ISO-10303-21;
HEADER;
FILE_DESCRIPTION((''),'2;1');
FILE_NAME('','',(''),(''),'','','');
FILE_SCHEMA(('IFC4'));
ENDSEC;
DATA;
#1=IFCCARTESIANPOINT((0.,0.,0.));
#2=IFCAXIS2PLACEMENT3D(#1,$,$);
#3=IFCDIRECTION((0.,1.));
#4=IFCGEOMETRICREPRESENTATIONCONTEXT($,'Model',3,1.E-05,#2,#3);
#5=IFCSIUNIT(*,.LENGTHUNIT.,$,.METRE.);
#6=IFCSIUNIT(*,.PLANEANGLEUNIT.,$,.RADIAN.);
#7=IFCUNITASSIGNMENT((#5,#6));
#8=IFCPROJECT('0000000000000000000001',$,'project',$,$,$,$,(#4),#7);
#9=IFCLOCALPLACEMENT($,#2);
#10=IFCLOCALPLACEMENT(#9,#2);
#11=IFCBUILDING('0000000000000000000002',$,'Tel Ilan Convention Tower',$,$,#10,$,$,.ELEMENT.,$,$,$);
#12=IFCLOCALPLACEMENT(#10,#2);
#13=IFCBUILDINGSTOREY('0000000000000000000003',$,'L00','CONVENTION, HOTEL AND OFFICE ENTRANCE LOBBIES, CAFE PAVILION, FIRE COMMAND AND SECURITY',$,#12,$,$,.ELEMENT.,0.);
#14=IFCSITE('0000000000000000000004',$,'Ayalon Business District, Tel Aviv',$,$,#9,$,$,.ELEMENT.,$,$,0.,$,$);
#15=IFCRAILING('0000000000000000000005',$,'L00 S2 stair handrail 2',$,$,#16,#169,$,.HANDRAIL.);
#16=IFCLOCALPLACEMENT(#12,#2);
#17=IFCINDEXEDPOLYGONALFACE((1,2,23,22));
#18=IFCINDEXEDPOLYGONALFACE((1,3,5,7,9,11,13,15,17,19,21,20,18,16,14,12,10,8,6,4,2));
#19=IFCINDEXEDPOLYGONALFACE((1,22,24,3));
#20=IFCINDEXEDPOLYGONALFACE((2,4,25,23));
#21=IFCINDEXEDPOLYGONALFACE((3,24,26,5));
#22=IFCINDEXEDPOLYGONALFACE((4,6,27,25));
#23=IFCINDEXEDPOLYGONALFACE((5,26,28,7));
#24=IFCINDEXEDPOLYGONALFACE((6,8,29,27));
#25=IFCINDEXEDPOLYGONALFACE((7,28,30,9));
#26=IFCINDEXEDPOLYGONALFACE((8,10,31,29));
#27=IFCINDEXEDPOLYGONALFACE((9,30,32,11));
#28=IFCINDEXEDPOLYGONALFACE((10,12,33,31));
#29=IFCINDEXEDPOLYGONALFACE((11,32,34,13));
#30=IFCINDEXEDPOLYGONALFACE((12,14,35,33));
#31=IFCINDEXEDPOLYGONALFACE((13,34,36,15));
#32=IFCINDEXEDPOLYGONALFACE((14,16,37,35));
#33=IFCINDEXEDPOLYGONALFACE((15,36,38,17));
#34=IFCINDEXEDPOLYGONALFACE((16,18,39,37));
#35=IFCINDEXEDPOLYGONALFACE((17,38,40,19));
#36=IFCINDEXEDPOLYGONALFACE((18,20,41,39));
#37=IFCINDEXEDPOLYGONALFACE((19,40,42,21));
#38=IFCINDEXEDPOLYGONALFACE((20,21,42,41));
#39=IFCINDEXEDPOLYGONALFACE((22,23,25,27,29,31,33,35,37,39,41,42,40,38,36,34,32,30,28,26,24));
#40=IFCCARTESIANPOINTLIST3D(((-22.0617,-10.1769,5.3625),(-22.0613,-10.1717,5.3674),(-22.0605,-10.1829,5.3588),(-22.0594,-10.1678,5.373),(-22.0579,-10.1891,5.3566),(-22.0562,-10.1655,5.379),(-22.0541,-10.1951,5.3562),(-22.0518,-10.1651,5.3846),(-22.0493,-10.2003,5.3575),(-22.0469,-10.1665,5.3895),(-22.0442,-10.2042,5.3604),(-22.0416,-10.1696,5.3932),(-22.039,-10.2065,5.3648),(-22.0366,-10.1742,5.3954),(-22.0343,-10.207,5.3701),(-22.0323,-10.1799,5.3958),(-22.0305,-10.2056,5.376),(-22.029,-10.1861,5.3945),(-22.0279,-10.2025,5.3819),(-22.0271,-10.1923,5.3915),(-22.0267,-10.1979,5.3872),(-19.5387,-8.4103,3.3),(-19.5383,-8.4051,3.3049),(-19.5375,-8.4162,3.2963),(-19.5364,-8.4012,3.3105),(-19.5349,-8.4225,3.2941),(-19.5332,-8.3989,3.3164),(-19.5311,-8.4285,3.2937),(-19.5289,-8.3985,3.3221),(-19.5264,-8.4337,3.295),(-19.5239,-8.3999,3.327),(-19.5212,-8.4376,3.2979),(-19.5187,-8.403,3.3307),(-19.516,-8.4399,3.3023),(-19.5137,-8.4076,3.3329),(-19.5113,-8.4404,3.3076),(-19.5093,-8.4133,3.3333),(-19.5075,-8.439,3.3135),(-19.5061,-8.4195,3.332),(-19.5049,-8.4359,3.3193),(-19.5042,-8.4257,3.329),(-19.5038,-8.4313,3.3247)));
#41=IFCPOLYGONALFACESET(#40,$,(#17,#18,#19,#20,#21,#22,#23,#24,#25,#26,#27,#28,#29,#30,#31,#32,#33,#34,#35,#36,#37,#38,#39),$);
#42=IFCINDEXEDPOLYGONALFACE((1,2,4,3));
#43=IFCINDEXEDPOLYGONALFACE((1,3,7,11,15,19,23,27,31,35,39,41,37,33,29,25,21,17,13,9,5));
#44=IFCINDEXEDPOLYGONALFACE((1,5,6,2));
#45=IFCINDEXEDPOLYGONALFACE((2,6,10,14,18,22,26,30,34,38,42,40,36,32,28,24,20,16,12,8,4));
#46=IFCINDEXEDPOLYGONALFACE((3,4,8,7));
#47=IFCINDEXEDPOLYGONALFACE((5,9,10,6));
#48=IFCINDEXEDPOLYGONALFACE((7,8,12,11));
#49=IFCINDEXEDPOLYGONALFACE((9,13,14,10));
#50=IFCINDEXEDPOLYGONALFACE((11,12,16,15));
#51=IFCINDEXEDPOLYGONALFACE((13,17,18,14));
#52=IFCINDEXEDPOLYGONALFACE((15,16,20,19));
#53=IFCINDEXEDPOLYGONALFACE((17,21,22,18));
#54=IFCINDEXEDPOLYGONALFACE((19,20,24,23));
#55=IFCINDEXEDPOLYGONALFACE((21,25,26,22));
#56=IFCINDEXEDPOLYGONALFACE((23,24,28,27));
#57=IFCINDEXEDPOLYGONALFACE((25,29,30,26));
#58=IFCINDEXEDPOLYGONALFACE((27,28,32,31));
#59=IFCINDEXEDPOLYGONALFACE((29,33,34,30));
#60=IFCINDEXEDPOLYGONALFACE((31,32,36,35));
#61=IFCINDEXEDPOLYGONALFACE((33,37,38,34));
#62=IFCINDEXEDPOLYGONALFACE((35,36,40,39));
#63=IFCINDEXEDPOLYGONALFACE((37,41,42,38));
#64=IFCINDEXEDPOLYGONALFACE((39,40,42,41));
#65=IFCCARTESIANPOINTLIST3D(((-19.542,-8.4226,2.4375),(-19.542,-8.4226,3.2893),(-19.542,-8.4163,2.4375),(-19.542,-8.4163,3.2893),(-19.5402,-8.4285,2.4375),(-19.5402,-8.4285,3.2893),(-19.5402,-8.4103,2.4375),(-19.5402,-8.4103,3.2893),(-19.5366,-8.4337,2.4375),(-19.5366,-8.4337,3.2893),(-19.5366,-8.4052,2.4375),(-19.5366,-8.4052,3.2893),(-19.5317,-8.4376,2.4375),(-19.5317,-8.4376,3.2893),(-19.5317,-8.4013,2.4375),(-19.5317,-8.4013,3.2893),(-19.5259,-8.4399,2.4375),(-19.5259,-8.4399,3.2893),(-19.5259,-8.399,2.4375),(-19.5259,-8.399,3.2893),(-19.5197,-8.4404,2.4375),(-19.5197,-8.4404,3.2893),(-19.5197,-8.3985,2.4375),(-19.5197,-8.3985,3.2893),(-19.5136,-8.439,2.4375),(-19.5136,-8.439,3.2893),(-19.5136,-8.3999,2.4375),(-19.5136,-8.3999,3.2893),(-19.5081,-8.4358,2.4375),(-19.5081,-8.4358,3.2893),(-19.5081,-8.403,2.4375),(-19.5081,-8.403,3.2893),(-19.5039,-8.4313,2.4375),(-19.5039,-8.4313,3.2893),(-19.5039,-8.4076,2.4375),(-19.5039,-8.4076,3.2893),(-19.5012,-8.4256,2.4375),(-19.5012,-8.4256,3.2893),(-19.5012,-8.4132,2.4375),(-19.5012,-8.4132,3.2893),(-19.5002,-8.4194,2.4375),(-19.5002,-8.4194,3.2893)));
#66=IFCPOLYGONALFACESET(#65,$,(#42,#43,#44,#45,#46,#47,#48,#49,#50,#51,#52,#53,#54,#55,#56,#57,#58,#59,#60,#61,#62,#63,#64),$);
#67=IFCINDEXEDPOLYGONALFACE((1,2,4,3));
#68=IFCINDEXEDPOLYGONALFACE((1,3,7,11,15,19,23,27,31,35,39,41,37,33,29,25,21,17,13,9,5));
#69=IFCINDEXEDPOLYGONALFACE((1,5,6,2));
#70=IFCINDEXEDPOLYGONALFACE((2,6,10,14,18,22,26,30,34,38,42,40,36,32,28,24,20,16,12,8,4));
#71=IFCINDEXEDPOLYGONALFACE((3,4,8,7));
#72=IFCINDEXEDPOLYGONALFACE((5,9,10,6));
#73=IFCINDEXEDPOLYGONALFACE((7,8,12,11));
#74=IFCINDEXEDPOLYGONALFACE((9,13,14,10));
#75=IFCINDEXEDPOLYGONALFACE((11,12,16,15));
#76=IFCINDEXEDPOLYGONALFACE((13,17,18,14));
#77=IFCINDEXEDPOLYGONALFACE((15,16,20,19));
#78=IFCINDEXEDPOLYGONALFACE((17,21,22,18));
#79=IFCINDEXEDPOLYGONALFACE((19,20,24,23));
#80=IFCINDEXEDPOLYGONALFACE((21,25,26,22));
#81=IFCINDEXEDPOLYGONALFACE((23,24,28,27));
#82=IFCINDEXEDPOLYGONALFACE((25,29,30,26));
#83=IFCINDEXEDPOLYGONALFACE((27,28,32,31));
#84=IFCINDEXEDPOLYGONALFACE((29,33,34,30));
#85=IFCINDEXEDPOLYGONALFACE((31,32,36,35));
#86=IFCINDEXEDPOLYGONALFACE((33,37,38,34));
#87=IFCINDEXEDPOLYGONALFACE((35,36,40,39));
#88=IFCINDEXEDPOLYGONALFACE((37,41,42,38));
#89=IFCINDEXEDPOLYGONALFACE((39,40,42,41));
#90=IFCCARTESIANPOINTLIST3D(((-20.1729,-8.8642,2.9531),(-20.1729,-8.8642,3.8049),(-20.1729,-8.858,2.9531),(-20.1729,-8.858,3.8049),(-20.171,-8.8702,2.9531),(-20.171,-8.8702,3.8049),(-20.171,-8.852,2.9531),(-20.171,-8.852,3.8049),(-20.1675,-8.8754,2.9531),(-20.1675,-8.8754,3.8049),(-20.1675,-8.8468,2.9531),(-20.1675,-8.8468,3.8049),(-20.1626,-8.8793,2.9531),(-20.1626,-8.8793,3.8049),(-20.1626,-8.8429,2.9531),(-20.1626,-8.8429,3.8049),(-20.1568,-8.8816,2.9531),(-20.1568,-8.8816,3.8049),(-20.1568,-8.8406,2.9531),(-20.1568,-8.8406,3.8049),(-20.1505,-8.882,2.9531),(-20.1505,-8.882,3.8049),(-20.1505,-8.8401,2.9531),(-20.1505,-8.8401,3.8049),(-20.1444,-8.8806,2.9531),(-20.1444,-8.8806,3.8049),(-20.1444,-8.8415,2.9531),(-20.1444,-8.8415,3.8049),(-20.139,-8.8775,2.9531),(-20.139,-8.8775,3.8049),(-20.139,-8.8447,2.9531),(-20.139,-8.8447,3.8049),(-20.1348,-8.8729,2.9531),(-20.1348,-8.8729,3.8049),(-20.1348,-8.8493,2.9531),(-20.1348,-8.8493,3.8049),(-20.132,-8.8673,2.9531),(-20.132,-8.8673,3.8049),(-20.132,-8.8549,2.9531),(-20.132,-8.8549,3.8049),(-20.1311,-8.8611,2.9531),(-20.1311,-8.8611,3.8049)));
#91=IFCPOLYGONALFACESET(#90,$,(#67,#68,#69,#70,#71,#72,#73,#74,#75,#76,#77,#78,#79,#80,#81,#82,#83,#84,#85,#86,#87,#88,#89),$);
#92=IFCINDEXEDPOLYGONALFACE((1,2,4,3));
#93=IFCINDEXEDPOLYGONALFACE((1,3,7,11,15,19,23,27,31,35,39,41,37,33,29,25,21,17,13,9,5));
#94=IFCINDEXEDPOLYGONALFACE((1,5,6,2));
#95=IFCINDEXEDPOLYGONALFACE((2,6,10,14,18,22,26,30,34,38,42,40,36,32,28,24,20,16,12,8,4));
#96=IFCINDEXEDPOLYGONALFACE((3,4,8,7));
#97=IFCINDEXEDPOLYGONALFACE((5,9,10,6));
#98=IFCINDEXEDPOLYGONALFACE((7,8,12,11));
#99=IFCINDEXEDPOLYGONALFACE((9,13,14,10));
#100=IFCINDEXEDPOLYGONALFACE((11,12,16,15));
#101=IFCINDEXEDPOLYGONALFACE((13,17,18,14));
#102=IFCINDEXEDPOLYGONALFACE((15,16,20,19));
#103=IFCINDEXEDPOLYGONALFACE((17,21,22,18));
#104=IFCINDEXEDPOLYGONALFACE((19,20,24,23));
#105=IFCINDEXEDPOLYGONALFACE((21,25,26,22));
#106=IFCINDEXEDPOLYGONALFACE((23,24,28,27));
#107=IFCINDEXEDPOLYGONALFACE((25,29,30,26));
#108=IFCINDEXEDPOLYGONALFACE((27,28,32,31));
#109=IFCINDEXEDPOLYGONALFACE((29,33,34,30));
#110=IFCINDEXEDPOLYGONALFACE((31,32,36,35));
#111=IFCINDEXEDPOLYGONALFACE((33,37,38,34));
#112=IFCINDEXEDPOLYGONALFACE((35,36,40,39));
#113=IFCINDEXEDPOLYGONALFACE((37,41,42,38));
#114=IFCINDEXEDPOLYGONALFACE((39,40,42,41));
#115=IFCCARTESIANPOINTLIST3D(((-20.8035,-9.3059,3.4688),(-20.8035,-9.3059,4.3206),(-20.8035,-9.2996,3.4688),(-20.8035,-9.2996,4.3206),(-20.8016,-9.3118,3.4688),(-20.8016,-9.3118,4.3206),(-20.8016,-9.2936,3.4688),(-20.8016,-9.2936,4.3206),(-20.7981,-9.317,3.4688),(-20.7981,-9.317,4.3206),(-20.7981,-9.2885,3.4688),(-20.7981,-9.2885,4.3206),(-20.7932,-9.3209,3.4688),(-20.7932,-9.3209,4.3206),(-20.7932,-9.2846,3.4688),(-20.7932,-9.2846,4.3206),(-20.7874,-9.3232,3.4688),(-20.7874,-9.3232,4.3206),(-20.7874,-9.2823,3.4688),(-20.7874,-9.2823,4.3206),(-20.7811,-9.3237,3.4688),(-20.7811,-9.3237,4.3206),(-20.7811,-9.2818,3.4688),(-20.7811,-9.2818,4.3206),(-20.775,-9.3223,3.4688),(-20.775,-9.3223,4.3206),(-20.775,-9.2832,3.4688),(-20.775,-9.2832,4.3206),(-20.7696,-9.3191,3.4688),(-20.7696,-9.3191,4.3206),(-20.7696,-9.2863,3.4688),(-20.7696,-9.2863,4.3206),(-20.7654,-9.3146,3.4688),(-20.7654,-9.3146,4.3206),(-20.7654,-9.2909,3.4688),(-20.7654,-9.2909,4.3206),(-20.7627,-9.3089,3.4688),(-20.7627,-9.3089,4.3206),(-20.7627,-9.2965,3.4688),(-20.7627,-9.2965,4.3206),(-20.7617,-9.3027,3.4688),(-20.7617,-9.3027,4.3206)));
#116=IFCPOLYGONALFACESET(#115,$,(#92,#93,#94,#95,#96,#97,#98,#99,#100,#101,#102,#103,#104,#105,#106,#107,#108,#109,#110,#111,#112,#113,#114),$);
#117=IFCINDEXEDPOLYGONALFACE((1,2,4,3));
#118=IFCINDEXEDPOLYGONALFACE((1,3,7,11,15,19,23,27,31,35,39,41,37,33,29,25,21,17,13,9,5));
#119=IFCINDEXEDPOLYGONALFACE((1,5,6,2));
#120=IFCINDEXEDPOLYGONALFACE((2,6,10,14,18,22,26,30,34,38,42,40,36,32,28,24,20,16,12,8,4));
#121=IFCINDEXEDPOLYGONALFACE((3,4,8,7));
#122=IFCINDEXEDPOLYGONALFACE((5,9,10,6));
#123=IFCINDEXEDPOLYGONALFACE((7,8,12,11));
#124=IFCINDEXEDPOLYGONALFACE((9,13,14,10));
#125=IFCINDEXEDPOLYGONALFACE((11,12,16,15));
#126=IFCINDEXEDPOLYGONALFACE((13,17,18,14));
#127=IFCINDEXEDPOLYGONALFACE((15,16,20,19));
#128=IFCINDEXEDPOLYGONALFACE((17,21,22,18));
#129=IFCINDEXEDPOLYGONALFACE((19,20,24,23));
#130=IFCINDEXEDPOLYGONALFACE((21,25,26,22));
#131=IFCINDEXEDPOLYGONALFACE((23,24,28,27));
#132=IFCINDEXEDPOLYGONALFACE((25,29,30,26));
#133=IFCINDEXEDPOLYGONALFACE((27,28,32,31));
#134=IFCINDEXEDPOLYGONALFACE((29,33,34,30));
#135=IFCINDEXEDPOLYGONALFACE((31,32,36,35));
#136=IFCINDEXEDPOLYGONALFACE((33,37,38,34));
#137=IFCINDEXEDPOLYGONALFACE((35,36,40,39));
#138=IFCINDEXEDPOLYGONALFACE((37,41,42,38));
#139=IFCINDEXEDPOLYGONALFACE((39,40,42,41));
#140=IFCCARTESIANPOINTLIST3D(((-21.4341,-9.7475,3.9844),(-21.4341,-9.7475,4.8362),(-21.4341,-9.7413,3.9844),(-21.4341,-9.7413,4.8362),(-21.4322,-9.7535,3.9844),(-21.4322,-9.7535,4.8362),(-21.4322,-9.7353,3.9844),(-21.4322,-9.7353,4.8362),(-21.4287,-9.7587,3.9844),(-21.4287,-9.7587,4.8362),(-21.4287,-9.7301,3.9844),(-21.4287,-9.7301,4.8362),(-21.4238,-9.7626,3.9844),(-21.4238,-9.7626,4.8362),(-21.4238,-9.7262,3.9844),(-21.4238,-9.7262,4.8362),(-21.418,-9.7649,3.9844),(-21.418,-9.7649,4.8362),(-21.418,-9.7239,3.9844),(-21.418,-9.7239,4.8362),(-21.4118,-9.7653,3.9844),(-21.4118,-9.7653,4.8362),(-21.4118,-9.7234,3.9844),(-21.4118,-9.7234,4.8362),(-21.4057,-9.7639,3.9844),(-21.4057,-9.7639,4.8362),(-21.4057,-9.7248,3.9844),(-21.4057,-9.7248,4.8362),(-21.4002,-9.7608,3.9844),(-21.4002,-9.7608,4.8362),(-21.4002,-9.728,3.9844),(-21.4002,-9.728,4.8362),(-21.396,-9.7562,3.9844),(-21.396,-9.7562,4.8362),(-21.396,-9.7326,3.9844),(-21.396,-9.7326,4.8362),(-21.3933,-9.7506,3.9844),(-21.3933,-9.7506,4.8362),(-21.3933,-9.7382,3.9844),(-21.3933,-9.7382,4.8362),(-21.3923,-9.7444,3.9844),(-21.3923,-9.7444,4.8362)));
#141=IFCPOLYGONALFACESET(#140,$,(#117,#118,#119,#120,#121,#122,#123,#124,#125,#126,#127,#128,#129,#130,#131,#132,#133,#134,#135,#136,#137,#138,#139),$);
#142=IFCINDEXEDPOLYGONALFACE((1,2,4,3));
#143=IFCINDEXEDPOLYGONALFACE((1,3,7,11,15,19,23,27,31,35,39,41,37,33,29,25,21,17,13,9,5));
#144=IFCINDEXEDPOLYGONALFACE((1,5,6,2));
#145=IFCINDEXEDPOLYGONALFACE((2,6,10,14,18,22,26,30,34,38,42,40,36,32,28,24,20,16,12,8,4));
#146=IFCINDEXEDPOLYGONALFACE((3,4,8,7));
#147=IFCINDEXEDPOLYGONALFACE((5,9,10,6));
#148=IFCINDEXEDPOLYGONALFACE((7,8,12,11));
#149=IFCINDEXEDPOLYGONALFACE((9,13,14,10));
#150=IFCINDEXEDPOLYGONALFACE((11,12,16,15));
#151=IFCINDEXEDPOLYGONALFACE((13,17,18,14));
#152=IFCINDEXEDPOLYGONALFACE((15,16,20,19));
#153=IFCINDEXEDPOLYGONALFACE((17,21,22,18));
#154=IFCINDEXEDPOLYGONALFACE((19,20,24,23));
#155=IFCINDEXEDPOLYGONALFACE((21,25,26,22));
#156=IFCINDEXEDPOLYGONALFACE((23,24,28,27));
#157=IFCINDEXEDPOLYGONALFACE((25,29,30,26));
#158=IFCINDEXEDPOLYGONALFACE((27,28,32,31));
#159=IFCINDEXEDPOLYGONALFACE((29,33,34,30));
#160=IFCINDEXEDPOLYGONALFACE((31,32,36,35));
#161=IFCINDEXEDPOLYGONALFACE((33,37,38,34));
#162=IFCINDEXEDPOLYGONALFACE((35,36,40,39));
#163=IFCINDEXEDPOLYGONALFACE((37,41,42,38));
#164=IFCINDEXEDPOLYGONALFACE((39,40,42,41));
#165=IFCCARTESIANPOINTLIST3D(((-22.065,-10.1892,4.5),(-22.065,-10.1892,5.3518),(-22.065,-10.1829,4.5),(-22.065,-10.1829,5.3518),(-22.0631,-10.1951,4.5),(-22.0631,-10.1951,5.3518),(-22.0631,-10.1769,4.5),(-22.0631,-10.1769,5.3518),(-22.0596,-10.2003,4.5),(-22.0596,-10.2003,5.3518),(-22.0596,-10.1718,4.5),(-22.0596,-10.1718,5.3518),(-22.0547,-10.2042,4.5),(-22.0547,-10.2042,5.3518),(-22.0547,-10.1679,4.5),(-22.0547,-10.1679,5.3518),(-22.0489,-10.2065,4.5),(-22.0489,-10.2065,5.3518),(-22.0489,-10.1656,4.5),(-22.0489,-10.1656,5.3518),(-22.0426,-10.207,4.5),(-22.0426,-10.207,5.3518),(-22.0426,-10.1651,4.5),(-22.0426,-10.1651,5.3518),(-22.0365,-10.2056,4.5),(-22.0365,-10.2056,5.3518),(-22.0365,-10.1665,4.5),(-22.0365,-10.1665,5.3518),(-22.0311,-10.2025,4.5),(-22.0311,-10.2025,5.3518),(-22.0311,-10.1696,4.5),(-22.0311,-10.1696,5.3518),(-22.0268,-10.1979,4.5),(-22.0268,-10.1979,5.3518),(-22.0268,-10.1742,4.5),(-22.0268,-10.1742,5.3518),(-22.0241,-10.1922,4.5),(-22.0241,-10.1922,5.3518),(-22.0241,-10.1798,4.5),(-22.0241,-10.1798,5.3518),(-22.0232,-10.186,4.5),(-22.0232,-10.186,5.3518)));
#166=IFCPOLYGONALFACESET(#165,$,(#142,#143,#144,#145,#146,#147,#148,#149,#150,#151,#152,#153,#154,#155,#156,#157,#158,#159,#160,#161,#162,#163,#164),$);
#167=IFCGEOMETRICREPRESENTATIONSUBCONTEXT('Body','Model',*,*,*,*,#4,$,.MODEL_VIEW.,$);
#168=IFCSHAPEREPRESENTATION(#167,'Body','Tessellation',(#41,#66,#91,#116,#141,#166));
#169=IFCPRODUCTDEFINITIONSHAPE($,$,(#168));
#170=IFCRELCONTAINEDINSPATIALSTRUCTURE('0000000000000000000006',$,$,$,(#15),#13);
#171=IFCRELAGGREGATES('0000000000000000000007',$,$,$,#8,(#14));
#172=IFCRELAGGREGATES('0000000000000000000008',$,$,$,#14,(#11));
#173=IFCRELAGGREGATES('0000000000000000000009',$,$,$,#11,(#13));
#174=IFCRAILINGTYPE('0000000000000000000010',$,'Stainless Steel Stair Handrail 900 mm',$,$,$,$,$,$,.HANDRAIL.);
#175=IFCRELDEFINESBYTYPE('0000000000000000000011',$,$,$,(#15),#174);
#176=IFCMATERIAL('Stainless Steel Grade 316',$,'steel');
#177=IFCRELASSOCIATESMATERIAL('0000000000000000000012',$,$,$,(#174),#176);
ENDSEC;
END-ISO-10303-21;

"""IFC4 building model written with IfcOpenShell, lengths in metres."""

from ifc_helpers import new_model, si_unit, direction, frame, origin, origin_2d, place, context, subcontext, project, spatial, circle, extrude, material, type_object, element, save


model = new_model("IFC4")

# Units and contexts
model_context = context("Model", 3, precision=1e-05, world=origin(), true_north=direction((0.0, 1.0)))
body_context = subcontext(model_context, "Body", "Model", "MODEL_VIEW")
ifc_project = project(units=[si_unit("LENGTHUNIT", "METRE"), si_unit("PLANEANGLEUNIT", "RADIAN")], contexts=[model_context])

# Site, building, storey
site_placement = place(None, origin())
site = spatial("IfcSite", under=ifc_project, at=site_placement, Name="Ayalon Business District, Tel Aviv", CompositionType="ELEMENT", RefElevation=0.0)
building_placement = place(site_placement, origin())
building = spatial("IfcBuilding", under=site, at=building_placement, Name="Tel Ilan Convention Tower", CompositionType="ELEMENT")
storey_placement = place(building_placement, origin())
storey = spatial("IfcBuildingStorey", under=building, at=storey_placement, Name="L00", Description="CONVENTION, HOTEL AND OFFICE ENTRANCE LOBBIES, CAFE PAVILION, FIRE COMMAND AND SECURITY", CompositionType="ELEMENT", Elevation=0.0)

# Railing
ifc_material_1 = material(Name="Stainless Steel Grade 316", Category="steel")
railing_type_1 = type_object("IfcRailingType", Name="Stainless Steel Stair Handrail 900 mm", PredefinedType="HANDRAIL", material=ifc_material_1)
railing_1_placement = place(storey_placement, frame((-19.5212, -8.4194, 2.4375)))
element("IfcRailing", 1, at=railing_1_placement, inside=storey, type_object=railing_type_1, Name="L00 S2 stair handrail 2", PredefinedType="HANDRAIL", context=body_context, shape_type="SweptSolid", body=[
    extrude(circle(Radius=0.0239, at=origin_2d()), frame((0.0, 0.0, 0.876), z_axis=(-0.680635, -0.476589, 0.556416), x_axis=(0.573579, -0.81915, 0.0)), (0.0, 0.0, 1.0), 3.7068),
    extrude(circle(Radius=0.021, at=origin_2d()), origin(), (0.0, 0.0, 1.0), 0.8518),
    extrude(circle(Radius=0.021, at=origin_2d()), frame((-0.6309, -0.4417, 0.5156)), (0.0, 0.0, 1.0), 0.8518),
    extrude(circle(Radius=0.021, at=origin_2d()), frame((-1.2615, -0.8833, 1.0312)), (0.0, 0.0, 1.0), 0.8518),
    extrude(circle(Radius=0.021, at=origin_2d()), frame((-1.8921, -1.325, 1.5469)), (0.0, 0.0, 1.0), 0.8518),
    extrude(circle(Radius=0.021, at=origin_2d()), frame((-2.5229, -1.7666, 2.0625)), (0.0, 0.0, 1.0), 0.8518),
])

save(model, "model.ifc")
